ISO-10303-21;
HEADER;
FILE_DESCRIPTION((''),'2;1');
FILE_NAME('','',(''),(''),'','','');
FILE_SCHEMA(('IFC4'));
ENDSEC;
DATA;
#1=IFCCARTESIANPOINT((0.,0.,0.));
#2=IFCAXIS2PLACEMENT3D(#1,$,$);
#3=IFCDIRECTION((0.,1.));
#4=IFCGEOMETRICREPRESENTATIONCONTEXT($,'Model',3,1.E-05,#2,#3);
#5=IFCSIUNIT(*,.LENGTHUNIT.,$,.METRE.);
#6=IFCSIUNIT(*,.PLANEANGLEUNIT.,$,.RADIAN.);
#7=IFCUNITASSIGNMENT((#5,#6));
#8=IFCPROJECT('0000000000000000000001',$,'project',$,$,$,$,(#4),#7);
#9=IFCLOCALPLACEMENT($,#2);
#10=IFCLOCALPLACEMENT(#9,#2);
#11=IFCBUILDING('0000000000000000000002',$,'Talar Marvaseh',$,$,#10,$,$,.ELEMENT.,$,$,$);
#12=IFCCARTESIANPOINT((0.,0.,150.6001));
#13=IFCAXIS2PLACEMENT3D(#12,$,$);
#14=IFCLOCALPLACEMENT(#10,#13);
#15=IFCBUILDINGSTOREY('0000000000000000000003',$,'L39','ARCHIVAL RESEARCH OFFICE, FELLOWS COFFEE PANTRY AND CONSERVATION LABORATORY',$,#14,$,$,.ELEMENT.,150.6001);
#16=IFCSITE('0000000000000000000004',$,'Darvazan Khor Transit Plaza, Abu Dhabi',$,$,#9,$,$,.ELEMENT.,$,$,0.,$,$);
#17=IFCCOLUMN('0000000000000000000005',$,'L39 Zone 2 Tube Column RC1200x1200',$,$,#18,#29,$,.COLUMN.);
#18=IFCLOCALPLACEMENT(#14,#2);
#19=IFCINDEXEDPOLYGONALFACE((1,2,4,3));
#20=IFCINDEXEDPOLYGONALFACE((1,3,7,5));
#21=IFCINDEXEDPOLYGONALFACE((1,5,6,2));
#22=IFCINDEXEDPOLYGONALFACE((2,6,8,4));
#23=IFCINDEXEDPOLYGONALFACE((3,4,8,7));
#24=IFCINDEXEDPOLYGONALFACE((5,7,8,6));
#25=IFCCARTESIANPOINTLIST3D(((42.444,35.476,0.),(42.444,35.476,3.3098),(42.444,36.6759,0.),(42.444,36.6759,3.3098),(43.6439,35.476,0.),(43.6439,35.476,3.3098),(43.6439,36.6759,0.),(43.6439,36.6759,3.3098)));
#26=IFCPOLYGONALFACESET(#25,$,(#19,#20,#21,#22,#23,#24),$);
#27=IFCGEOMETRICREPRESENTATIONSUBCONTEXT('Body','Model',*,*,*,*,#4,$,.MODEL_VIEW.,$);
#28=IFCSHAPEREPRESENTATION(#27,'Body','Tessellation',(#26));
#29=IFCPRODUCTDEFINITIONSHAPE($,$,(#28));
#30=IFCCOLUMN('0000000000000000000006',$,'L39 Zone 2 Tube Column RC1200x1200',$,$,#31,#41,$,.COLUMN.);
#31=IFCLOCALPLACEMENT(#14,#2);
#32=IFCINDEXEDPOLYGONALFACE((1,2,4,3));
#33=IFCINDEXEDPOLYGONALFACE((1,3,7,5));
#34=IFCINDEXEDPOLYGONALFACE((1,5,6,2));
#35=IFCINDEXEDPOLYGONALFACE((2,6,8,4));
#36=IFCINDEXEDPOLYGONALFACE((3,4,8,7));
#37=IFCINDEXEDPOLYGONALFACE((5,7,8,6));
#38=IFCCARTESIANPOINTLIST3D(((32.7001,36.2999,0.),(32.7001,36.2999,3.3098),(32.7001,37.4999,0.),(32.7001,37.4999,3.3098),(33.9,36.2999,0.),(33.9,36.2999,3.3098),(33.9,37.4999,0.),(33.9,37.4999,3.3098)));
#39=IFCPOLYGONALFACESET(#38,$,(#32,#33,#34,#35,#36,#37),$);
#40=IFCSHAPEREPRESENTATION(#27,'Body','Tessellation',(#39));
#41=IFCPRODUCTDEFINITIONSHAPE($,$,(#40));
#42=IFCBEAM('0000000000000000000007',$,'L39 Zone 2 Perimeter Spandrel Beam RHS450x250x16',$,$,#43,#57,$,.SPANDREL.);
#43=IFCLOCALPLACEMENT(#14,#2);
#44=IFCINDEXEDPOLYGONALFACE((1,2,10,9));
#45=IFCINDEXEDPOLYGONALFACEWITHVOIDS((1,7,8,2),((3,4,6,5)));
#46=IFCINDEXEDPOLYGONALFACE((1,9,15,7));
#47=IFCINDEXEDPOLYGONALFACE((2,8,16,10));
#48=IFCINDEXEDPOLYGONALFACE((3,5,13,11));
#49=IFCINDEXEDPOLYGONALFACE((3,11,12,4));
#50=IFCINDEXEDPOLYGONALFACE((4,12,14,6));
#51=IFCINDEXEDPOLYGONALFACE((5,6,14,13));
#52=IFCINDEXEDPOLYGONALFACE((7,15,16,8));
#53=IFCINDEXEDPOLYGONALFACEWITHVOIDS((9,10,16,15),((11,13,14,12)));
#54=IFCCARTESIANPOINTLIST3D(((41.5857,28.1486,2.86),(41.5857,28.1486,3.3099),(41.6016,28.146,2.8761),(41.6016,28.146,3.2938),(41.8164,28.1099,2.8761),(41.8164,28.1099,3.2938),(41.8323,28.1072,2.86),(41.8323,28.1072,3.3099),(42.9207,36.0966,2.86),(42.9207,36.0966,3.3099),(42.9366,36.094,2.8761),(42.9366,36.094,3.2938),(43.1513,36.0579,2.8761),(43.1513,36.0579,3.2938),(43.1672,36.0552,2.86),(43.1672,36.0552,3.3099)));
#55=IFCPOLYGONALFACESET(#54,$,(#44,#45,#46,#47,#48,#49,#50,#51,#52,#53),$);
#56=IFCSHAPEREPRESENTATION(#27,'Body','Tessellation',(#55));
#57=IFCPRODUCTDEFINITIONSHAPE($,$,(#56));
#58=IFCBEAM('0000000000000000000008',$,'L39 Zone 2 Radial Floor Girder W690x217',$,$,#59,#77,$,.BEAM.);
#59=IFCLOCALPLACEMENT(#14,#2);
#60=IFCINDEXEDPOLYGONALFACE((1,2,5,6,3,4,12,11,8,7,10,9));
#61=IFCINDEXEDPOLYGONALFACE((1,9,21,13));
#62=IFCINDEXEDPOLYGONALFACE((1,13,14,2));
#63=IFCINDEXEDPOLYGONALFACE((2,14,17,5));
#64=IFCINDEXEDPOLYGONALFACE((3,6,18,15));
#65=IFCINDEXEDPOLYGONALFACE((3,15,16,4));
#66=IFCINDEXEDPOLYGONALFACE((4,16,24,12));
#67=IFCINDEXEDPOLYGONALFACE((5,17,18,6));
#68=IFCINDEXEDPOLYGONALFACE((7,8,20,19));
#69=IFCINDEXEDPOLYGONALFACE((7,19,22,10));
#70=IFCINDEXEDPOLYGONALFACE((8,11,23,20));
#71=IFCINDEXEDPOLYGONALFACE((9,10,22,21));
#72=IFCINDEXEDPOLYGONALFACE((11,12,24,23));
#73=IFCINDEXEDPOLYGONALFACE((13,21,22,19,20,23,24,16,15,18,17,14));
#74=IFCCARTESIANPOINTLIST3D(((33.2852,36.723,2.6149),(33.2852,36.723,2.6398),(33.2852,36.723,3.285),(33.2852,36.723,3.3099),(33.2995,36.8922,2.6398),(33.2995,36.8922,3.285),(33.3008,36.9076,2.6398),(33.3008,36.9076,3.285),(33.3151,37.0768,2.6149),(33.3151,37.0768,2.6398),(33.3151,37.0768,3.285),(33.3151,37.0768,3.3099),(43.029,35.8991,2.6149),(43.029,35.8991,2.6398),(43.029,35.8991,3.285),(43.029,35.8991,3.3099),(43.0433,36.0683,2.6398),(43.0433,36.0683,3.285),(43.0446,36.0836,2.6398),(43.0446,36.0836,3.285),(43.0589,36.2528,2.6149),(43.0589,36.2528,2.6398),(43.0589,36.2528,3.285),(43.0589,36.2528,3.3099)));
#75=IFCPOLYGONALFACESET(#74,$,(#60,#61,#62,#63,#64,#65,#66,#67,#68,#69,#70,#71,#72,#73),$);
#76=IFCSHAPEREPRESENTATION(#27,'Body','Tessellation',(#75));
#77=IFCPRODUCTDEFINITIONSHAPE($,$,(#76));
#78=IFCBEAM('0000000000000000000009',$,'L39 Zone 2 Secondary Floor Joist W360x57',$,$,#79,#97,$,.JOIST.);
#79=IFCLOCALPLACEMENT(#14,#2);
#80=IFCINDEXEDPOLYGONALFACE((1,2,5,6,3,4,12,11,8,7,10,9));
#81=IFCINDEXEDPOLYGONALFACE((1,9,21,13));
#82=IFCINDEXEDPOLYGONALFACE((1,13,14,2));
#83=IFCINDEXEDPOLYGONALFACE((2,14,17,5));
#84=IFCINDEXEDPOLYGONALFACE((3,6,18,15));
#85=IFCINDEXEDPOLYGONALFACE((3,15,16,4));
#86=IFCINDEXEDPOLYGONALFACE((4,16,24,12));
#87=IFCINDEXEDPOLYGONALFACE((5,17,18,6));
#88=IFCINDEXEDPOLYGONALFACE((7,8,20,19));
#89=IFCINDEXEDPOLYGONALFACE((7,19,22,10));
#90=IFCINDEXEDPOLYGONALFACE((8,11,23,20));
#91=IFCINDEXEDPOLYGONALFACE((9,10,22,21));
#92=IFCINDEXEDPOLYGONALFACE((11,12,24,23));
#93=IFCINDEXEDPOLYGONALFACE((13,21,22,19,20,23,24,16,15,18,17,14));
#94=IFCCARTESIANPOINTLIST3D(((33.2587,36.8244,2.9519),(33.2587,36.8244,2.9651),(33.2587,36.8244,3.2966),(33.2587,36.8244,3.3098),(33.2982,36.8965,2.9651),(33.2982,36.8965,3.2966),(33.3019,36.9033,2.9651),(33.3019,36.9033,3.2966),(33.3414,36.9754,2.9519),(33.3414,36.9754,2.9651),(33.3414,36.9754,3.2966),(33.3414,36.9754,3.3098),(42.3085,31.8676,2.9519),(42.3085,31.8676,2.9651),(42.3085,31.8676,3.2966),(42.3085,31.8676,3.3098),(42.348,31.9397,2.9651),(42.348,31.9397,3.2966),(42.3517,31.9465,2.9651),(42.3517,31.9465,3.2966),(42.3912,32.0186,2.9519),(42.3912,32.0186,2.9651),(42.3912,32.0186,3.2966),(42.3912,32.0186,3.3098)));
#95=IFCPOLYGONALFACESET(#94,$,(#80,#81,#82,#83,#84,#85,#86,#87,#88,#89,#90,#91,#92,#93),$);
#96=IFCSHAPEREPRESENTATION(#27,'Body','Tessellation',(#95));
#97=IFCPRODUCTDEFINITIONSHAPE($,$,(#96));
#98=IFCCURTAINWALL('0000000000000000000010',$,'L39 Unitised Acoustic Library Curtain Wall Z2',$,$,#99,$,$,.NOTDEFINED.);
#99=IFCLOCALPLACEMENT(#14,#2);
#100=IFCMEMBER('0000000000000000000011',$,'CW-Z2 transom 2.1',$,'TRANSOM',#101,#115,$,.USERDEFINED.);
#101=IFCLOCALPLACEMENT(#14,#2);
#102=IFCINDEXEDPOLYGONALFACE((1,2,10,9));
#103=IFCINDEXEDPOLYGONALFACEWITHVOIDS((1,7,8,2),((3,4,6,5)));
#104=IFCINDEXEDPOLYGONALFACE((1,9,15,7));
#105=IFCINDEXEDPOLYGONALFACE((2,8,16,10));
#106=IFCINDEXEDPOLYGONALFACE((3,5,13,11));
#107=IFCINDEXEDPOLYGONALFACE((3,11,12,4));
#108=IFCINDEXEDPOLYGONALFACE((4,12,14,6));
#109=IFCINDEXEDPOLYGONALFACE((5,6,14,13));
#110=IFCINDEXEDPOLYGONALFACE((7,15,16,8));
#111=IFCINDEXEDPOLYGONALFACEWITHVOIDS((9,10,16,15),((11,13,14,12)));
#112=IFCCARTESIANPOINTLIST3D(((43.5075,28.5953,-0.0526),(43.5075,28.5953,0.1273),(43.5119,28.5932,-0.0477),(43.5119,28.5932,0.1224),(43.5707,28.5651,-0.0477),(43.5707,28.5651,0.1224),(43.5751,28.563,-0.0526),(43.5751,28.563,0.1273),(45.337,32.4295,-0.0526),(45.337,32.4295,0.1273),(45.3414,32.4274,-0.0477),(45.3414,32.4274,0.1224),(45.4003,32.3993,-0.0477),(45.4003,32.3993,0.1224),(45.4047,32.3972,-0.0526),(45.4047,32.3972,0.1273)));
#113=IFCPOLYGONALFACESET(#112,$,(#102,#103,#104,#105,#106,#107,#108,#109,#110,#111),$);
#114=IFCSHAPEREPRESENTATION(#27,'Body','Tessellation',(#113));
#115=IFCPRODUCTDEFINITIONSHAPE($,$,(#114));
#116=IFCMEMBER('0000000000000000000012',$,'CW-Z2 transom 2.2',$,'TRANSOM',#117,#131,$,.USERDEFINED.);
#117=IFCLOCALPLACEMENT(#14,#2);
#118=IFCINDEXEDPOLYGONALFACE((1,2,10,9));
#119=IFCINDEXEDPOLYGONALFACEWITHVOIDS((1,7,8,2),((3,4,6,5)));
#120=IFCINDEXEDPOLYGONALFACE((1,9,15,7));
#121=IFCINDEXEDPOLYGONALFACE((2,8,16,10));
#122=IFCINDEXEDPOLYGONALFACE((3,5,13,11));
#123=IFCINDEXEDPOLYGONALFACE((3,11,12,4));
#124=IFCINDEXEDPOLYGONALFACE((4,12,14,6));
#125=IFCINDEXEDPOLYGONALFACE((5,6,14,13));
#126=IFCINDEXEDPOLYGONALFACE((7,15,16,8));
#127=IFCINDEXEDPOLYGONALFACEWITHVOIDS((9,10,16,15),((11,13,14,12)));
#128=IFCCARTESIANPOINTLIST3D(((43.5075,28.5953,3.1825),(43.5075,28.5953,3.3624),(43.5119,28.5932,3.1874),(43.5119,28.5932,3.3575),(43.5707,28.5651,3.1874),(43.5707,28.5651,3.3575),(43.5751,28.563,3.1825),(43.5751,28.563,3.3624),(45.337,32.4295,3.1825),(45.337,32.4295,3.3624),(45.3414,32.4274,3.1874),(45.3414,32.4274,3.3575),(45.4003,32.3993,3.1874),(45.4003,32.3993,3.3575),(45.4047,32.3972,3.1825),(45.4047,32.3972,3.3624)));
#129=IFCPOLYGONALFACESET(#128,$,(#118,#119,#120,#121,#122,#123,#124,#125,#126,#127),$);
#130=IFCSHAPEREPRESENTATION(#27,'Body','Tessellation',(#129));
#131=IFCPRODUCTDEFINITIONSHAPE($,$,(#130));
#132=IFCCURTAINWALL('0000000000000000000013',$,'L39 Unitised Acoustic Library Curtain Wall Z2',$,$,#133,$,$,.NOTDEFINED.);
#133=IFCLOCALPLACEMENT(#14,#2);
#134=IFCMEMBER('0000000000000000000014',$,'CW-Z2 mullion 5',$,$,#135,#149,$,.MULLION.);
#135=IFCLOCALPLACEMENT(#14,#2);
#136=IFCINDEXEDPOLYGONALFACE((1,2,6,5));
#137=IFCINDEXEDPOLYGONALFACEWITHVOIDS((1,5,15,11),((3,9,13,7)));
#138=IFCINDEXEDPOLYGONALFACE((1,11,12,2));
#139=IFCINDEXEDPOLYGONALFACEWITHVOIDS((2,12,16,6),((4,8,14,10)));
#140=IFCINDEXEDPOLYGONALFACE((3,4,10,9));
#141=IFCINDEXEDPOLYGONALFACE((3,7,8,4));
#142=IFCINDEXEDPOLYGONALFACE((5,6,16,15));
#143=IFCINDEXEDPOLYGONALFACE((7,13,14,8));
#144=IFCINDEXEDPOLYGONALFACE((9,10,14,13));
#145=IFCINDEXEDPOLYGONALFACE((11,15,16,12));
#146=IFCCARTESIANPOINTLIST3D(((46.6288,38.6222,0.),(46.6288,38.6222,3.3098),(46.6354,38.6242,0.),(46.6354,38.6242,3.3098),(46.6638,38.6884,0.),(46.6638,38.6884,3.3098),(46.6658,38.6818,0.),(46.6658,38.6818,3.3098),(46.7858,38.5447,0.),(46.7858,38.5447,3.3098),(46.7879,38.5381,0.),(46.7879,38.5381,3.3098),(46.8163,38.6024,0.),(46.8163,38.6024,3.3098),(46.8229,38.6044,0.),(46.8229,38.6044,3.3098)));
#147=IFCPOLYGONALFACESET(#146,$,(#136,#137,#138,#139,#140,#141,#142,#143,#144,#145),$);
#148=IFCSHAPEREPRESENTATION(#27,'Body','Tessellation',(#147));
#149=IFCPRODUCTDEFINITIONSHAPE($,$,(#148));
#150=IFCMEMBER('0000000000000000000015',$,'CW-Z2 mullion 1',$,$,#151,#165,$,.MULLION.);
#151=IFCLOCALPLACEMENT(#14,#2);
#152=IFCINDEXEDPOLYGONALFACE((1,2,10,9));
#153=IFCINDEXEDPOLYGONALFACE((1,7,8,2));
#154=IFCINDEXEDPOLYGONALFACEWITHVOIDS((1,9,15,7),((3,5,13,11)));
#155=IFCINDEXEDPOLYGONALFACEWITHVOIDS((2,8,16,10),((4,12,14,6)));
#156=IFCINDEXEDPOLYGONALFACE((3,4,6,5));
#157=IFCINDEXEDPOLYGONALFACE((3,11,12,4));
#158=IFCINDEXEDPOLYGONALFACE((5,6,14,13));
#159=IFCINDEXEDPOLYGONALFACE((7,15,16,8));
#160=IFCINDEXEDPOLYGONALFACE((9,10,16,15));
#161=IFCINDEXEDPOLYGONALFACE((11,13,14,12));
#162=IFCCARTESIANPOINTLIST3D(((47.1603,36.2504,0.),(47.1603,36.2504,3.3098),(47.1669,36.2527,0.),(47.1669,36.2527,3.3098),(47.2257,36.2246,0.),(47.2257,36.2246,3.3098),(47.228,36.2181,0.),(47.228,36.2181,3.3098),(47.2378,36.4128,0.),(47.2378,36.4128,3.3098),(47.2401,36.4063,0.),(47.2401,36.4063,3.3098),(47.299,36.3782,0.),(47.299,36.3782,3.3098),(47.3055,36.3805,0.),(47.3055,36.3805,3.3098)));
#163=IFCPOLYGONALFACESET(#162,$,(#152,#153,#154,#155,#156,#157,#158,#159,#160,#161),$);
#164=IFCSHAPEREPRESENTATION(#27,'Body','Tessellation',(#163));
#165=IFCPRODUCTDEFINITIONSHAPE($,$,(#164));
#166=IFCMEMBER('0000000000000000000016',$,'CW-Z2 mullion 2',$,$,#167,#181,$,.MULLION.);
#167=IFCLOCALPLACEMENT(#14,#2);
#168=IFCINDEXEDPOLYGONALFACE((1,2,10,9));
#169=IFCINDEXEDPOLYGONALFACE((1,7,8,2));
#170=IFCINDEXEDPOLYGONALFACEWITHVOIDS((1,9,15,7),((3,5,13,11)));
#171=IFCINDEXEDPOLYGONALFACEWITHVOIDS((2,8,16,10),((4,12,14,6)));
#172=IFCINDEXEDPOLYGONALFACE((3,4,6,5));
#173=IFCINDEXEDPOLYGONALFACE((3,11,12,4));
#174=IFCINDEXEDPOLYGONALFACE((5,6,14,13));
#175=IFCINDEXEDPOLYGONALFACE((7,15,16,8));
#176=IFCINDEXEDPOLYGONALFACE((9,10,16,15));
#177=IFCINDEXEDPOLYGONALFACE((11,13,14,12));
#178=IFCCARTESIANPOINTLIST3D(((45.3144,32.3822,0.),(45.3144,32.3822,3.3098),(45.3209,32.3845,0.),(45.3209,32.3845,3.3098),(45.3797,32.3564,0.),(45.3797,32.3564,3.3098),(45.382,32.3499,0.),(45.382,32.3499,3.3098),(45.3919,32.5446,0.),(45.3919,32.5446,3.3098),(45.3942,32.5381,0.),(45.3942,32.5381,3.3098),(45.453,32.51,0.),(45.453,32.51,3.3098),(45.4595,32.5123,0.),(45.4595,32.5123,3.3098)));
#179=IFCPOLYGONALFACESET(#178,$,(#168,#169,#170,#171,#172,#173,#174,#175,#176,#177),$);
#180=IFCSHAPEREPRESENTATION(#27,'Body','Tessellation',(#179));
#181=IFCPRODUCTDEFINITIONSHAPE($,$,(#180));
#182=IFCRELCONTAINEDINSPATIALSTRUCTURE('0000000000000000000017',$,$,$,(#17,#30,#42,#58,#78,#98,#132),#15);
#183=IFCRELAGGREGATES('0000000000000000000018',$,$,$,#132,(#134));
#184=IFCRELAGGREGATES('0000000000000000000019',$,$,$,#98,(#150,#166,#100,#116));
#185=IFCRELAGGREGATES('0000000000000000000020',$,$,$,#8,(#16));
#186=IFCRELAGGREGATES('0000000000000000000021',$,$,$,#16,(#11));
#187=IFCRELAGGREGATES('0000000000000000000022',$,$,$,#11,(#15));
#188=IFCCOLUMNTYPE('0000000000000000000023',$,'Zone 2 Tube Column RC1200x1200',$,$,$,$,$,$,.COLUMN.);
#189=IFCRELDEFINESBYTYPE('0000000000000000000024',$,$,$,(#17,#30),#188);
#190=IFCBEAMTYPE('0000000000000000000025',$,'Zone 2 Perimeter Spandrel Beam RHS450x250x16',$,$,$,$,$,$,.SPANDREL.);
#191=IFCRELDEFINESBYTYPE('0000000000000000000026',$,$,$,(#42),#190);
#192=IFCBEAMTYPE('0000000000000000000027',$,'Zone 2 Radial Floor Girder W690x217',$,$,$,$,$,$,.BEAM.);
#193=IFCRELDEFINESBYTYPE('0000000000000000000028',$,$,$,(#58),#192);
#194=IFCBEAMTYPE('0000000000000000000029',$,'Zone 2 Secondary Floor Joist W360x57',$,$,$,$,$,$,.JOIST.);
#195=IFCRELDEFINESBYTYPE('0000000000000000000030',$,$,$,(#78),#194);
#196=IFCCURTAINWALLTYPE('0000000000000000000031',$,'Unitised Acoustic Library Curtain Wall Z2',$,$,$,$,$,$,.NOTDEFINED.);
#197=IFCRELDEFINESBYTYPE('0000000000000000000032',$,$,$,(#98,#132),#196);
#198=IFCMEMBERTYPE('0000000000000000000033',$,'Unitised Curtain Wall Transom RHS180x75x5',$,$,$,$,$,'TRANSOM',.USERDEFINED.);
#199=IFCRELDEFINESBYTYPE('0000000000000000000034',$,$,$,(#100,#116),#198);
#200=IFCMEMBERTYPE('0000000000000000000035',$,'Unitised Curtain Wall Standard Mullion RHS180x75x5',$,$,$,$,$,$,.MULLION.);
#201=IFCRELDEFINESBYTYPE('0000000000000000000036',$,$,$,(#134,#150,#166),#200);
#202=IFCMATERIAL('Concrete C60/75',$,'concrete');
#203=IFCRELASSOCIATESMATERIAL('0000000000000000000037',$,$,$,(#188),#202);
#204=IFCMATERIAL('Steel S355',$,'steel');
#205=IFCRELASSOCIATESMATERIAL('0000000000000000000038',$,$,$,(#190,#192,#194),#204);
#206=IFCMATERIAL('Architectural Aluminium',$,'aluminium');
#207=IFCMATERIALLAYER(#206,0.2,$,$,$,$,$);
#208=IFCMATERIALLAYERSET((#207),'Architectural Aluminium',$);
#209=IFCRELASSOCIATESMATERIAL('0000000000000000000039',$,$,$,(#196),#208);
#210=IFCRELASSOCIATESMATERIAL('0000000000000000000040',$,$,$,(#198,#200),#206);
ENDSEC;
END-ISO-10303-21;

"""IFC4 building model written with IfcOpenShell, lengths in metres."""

from ifc_helpers import new_model, si_unit, direction, frame, origin, origin_2d, place, context, subcontext, project, spatial, rectangle, hollow_rectangle, i_section, extrude, source, transform, mapped, material, layer, layer_set, material_profile, profile_set, type_object, type_shapes, element, aggregate, save


model = new_model("IFC4")

# Units and contexts
model_context = context("Model", 3, precision=1e-05, world=origin(), true_north=direction((0.0, 1.0)))
body_context = subcontext(model_context, "Body", "Model", "MODEL_VIEW")
ifc_project = project(units=[si_unit("LENGTHUNIT", "METRE"), si_unit("PLANEANGLEUNIT", "RADIAN")], contexts=[model_context])

# Site, building, storey
site_placement = place(None, origin())
site = spatial("IfcSite", under=ifc_project, at=site_placement, Name="Darvazan Khor Transit Plaza, Abu Dhabi", CompositionType="ELEMENT", RefElevation=0.0)
building_placement = place(site_placement, origin())
building = spatial("IfcBuilding", under=site, at=building_placement, Name="Talar Marvaseh", CompositionType="ELEMENT")
storey_placement = place(building_placement, frame((0.0, 0.0, 150.6001)))
storey = spatial("IfcBuildingStorey", under=building, at=storey_placement, Name="L39", Description="ARCHIVAL RESEARCH OFFICE, FELLOWS COFFEE PANTRY AND CONSERVATION LABORATORY", CompositionType="ELEMENT", Elevation=150.6001)

# Columns
ifc_material_1 = material(Name="Concrete C60/75", Category="concrete")
ifc_material_profile_1 = material_profile(ifc_material_1, rectangle(XDim=1.2, YDim=1.2, at=origin_2d()), Name="RC1200x1200")
ifc_profile_set_1 = profile_set([ifc_material_profile_1], Name="Concrete C60/75")
column_type = type_object("IfcColumnType", Name="Zone 2 Tube Column RC1200x1200", PredefinedType="COLUMN", material=ifc_profile_set_1)
for number, where, z_axis, x_axis, name in (
    (1, (43.0439, 36.0759, 0.0), (0.0, 0.0, 1.0), (1.0, 0.0, 0.0), "L39 Zone 2 Tube Column RC1200x1200"),
    (2, (33.3, 36.8999, 0.0), (0.0, 0.0, 1.0), (1.0, 0.0, 0.0), "L39 Zone 2 Tube Column RC1200x1200"),
):
    element("IfcColumn", number, at=place(storey_placement, frame(where, z_axis=z_axis, x_axis=x_axis)), inside=storey, type_object=column_type, Name=name, PredefinedType="COLUMN", context=body_context, shape_type="SweptSolid", body=[
        extrude(rectangle(XDim=1.2, YDim=1.2, at=origin_2d()), origin(), (0.0, 0.0, 1.0), 3.3098),
    ])

# Beams
ifc_material_2 = material(Name="Steel S355", Category="steel")
ifc_material_profile_2 = material_profile(ifc_material_2, hollow_rectangle(XDim=0.25, YDim=0.45, WallThickness=0.0161, at=origin_2d()), Name="RHS450x250x16")
ifc_profile_set_2 = profile_set([ifc_material_profile_2], Name="Steel S355")
beam_type_1 = type_object("IfcBeamType", Name="Zone 2 Perimeter Spandrel Beam RHS450x250x16", PredefinedType="SPANDREL", material=ifc_profile_set_2)
beam_1_placement = place(storey_placement, frame((43.0439, 36.0759, 3.085), z_axis=(-0.165642, -0.986186, 0.0), x_axis=(0.986186, -0.165642, 0.0)))
element("IfcBeam", 3, at=beam_1_placement, inside=storey, type_object=beam_type_1, Name="L39 Zone 2 Perimeter Spandrel Beam RHS450x250x16", PredefinedType="SPANDREL", context=body_context, shape_type="SweptSolid", body=[
    extrude(hollow_rectangle(XDim=0.25, YDim=0.45, WallThickness=0.0161, at=origin_2d()), origin(), (0.0, 0.0, 1.0), 8.0593),
])
ifc_material_profile_3 = material_profile(ifc_material_2, i_section(OverallWidth=0.355, OverallDepth=0.6951, WebThickness=0.0154, FlangeThickness=0.0249, at=origin_2d()), Name="W690x217")
ifc_profile_set_3 = profile_set([ifc_material_profile_3], Name="Steel S355")
beam_type_2 = type_object("IfcBeamType", Name="Zone 2 Radial Floor Girder W690x217", PredefinedType="BEAM", material=ifc_profile_set_3)
beam_2_placement = place(storey_placement, frame((43.0439, 36.0759, 2.9624), z_axis=(-0.996444, 0.084262, 0.0), x_axis=(-0.084262, -0.996444, 0.0)))
element("IfcBeam", 4, at=beam_2_placement, inside=storey, type_object=beam_type_2, Name="L39 Zone 2 Radial Floor Girder W690x217", PredefinedType="BEAM", context=body_context, shape_type="SweptSolid", body=[
    extrude(i_section(OverallWidth=0.355, OverallDepth=0.6951, WebThickness=0.0154, FlangeThickness=0.0249, at=origin_2d()), origin(), (0.0, 0.0, 1.0), 9.7786),
])
ifc_material_profile_4 = material_profile(ifc_material_2, i_section(OverallWidth=0.1721, OverallDepth=0.3579, WebThickness=0.0078, FlangeThickness=0.0132, at=origin_2d()), Name="W360x57")
ifc_profile_set_4 = profile_set([ifc_material_profile_4], Name="Steel S355")
beam_type_3 = type_object("IfcBeamType", Name="Zone 2 Secondary Floor Joist W360x57", PredefinedType="JOIST", material=ifc_profile_set_4)
beam_3_placement = place(storey_placement, frame((42.3499, 31.9431, 3.1309), z_axis=(-0.877058, 0.480385, 0.0), x_axis=(-0.480385, -0.877058, 0.0)))
element("IfcBeam", 5, at=beam_3_placement, inside=storey, type_object=beam_type_3, Name="L39 Zone 2 Secondary Floor Joist W360x57", PredefinedType="JOIST", context=body_context, shape_type="SweptSolid", body=[
    extrude(i_section(OverallWidth=0.1721, OverallDepth=0.3579, WebThickness=0.0078, FlangeThickness=0.0132, at=origin_2d()), origin(), (0.0, 0.0, 1.0), 10.3184),
])

# Curtain wall, members
ifc_material_3 = material(Name="Architectural Aluminium", Category="aluminium")
ifc_layer_1 = layer(ifc_material_3, 0.2)
ifc_layer_set_1 = layer_set([ifc_layer_1], Name="Architectural Aluminium")
curtain_wall_type = type_object("IfcCurtainWallType", Name="Unitised Acoustic Library Curtain Wall Z2", PredefinedType="NOTDEFINED", material=ifc_layer_set_1)
curtain_wall_1_placement = place(storey_placement, origin())
curtain_wall_1 = element("IfcCurtainWall", 6, at=curtain_wall_1_placement, inside=storey, type_object=curtain_wall_type, Name="L39 Unitised Acoustic Library Curtain Wall Z2", PredefinedType="NOTDEFINED")
ifc_material_profile_5 = material_profile(ifc_material_3, hollow_rectangle(XDim=0.075, YDim=0.1799, WallThickness=0.0049, at=origin_2d()), Name="RHS180x75x5")
ifc_profile_set_5 = profile_set([ifc_material_profile_5], Name="Architectural Aluminium")
member_type_1 = type_object("IfcMemberType", Name="Unitised Curtain Wall Transom RHS180x75x5", ElementType="TRANSOM", PredefinedType="USERDEFINED", material=ifc_profile_set_5)
shared_shape_1 = source(origin(), body_context, "Body", "SweptSolid", [
    extrude(hollow_rectangle(XDim=0.075, YDim=0.1799, WallThickness=0.0049, at=origin_2d()), origin(), (0.0, 0.0, 1.0), 4.2483),
])
member_1_placement = place(storey_placement, frame((45.3708, 32.4133, 0.0374), z_axis=(-0.430656, -0.902516, 0.0), x_axis=(0.902516, -0.430656, 0.0)))
member_1 = element("IfcMember", 7, at=member_1_placement, type_object=member_type_1, Name="CW-Z2 transom 2.1", ObjectType="TRANSOM", PredefinedType="USERDEFINED", context=body_context, shape_type="MappedRepresentation", body=[
    mapped(shared_shape_1, transform((0.0, 0.0, 0.0), x_axis=(1.0, 0.0, 0.0), y_axis=(0.0, 1.0, 0.0), z_axis=(0.0, 0.0, 1.0), scale=1.0)),
])
member_2_placement = place(storey_placement, frame((45.3708, 32.4133, 3.2725), z_axis=(-0.430656, -0.902516, 0.0), x_axis=(0.902516, -0.430656, 0.0)))
member_2 = element("IfcMember", 8, at=member_2_placement, type_object=member_type_1, Name="CW-Z2 transom 2.2", ObjectType="TRANSOM", PredefinedType="USERDEFINED", context=body_context, shape_type="MappedRepresentation", body=[
    mapped(shared_shape_1, transform((0.0, 0.0, 0.0), x_axis=(1.0, 0.0, 0.0), y_axis=(0.0, 1.0, 0.0), z_axis=(0.0, 0.0, 1.0), scale=1.0)),
])

# Curtain wall, member
curtain_wall_2_placement = place(storey_placement, origin())
curtain_wall_2 = element("IfcCurtainWall", 9, at=curtain_wall_2_placement, inside=storey, type_object=curtain_wall_type, Name="L39 Unitised Acoustic Library Curtain Wall Z2", PredefinedType="NOTDEFINED")
ifc_material_profile_6 = material_profile(ifc_material_3, hollow_rectangle(XDim=0.075, YDim=0.1799, WallThickness=0.0049, at=origin_2d()), Name="RHS180x75x5")
ifc_profile_set_6 = profile_set([ifc_material_profile_6], Name="Architectural Aluminium")
member_type_2 = type_object("IfcMemberType", Name="Unitised Curtain Wall Standard Mullion RHS180x75x5", PredefinedType="MULLION", material=ifc_profile_set_6)
shared_shape_2 = source(origin(), body_context, "Body", "SweptSolid", [
    extrude(hollow_rectangle(XDim=0.075, YDim=0.1799, WallThickness=0.0049, at=origin_2d()), origin(), (0.0, 0.0, 1.0), 3.3098),
])
type_shapes(member_type_2, [shared_shape_2])
member_3_placement = place(storey_placement, frame((46.7258, 38.6133, 0.0), z_axis=(0.0, 0.0, 1.0), x_axis=(0.467098, 0.884206, 0.0)))
member_3 = element("IfcMember", 10, at=member_3_placement, type_object=member_type_2, Name="CW-Z2 mullion 5", PredefinedType="MULLION", context=body_context, shape_type="MappedRepresentation", body=[
    mapped(shared_shape_2, transform((0.0, 0.0, 0.0), x_axis=(1.0, 0.0, 0.0), y_axis=(0.0, 1.0, 0.0), z_axis=(0.0, 0.0, 1.0), scale=1.0)),
])
aggregate(curtain_wall_2, [member_3])

# Members
member_4_placement = place(storey_placement, frame((47.2329, 36.3154, 0.0), z_axis=(0.0, 0.0, 1.0), x_axis=(0.902518, -0.430653, 0.0)))
member_4 = element("IfcMember", 11, at=member_4_placement, type_object=member_type_2, Name="CW-Z2 mullion 1", PredefinedType="MULLION", context=body_context, shape_type="MappedRepresentation", body=[
    mapped(shared_shape_2, transform((0.0, 0.0, 0.0), x_axis=(1.0, 0.0, 0.0), y_axis=(0.0, 1.0, 0.0), z_axis=(0.0, 0.0, 1.0), scale=1.0)),
])
member_5_placement = place(storey_placement, frame((45.387, 32.4473, 0.0), z_axis=(0.0, 0.0, 1.0), x_axis=(0.902518, -0.430653, 0.0)))
member_5 = element("IfcMember", 12, at=member_5_placement, type_object=member_type_2, Name="CW-Z2 mullion 2", PredefinedType="MULLION", context=body_context, shape_type="MappedRepresentation", body=[
    mapped(shared_shape_2, transform((0.0, 0.0, 0.0), x_axis=(1.0, 0.0, 0.0), y_axis=(0.0, 1.0, 0.0), z_axis=(0.0, 0.0, 1.0), scale=1.0)),
])

aggregate(curtain_wall_1, [member_4, member_5, member_1, member_2])

save(model, "model.ifc")
